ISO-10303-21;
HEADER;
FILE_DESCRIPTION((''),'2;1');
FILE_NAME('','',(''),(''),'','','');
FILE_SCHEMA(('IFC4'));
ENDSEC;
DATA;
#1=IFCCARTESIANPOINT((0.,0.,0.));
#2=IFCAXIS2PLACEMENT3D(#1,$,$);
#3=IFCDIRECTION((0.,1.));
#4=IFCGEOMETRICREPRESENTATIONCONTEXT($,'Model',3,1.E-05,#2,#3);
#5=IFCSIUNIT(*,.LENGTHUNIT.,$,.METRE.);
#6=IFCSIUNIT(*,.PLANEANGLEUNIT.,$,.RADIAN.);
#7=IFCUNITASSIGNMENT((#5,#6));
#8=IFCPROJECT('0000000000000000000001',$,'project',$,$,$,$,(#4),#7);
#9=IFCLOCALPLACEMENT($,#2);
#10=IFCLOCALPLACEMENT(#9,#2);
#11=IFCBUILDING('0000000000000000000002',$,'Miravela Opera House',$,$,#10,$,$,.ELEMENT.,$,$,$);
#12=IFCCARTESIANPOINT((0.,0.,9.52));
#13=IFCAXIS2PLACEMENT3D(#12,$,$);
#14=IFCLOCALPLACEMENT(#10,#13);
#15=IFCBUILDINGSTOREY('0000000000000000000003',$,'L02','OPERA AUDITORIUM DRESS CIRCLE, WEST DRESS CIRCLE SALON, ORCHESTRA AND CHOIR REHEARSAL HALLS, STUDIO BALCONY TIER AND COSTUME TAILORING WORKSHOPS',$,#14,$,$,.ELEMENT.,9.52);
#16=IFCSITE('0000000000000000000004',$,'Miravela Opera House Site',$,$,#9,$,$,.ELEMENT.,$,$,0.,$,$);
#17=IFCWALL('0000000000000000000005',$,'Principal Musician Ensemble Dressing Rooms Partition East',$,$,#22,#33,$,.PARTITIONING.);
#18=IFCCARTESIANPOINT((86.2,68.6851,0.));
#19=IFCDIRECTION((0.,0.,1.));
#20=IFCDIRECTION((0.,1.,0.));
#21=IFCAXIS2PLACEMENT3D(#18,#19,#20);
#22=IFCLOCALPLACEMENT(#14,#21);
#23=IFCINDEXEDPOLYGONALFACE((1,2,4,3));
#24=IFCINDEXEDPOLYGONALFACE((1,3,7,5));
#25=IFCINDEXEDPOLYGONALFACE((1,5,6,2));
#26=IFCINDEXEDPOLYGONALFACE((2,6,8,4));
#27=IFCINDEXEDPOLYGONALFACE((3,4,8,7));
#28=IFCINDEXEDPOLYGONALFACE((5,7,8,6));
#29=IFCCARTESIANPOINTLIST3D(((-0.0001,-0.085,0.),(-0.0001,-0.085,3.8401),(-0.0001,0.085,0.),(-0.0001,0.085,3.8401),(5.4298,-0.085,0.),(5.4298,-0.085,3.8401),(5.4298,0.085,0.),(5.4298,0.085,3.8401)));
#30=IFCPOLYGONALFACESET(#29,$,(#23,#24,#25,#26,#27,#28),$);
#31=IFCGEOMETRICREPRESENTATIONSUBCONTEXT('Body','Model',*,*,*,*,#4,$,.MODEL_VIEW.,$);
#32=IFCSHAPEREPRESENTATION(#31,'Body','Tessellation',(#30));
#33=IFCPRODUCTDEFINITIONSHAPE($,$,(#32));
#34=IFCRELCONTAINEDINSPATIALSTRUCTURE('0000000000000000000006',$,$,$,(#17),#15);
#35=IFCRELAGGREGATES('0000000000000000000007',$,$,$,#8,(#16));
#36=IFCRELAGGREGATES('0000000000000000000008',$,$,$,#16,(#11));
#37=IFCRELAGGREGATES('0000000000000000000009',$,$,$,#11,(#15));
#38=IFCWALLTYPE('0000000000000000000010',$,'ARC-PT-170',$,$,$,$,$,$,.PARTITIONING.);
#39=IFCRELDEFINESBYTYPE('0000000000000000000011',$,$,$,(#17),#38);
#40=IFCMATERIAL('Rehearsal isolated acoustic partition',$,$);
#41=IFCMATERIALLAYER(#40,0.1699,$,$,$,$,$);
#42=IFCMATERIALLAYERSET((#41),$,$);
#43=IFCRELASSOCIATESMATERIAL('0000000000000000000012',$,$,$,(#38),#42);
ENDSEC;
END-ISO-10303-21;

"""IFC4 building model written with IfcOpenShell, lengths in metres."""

from ifc_helpers import new_model, si_unit, direction, frame, frame_2d, origin, place, context, subcontext, project, spatial, rectangle, extrude, material, layer, layer_set, type_object, element, save


model = new_model("IFC4")

# Units and contexts
model_context = context("Model", 3, precision=1e-05, world=origin(), true_north=direction((0.0, 1.0)))
body_context = subcontext(model_context, "Body", "Model", "MODEL_VIEW")
ifc_project = project(units=[si_unit("LENGTHUNIT", "METRE"), si_unit("PLANEANGLEUNIT", "RADIAN")], contexts=[model_context])

# Site, building, storey
site_placement = place(None, origin())
site = spatial("IfcSite", under=ifc_project, at=site_placement, Name="Miravela Opera House Site", CompositionType="ELEMENT", RefElevation=0.0)
building_placement = place(site_placement, origin())
building = spatial("IfcBuilding", under=site, at=building_placement, Name="Miravela Opera House", CompositionType="ELEMENT")
storey_placement = place(building_placement, frame((0.0, 0.0, 9.52)))
storey = spatial("IfcBuildingStorey", under=building, at=storey_placement, Name="L02", Description="OPERA AUDITORIUM DRESS CIRCLE, WEST DRESS CIRCLE SALON, ORCHESTRA AND CHOIR REHEARSAL HALLS, STUDIO BALCONY TIER AND COSTUME TAILORING WORKSHOPS", CompositionType="ELEMENT", Elevation=9.52)

# Shared definitions
ifc_material_1 = material(Name="Rehearsal isolated acoustic partition")
ifc_layer_1 = layer(ifc_material_1, 0.1699)
ifc_layer_set_1 = layer_set([ifc_layer_1])
wall_type_1 = type_object("IfcWallType", Name="ARC-PT-170", PredefinedType="PARTITIONING", material=ifc_layer_set_1)

# Wall
wall_1_placement = place(storey_placement, frame((86.2, 68.6851, 0.0), z_axis=(0.0, 0.0, 1.0), x_axis=(0.0, 1.0, 0.0)))
element("IfcWall", 1, at=wall_1_placement, inside=storey, type_object=wall_type_1, Name="Principal Musician Ensemble Dressing Rooms Partition East", PredefinedType="PARTITIONING", context=body_context, shape_type="SweptSolid", body=[
    extrude(rectangle(XDim=5.4299, YDim=0.1699, at=frame_2d((2.7148, 0.0))), origin(), (0.0, 0.0, 1.0), 3.8401),
])

save(model, "model.ifc")
